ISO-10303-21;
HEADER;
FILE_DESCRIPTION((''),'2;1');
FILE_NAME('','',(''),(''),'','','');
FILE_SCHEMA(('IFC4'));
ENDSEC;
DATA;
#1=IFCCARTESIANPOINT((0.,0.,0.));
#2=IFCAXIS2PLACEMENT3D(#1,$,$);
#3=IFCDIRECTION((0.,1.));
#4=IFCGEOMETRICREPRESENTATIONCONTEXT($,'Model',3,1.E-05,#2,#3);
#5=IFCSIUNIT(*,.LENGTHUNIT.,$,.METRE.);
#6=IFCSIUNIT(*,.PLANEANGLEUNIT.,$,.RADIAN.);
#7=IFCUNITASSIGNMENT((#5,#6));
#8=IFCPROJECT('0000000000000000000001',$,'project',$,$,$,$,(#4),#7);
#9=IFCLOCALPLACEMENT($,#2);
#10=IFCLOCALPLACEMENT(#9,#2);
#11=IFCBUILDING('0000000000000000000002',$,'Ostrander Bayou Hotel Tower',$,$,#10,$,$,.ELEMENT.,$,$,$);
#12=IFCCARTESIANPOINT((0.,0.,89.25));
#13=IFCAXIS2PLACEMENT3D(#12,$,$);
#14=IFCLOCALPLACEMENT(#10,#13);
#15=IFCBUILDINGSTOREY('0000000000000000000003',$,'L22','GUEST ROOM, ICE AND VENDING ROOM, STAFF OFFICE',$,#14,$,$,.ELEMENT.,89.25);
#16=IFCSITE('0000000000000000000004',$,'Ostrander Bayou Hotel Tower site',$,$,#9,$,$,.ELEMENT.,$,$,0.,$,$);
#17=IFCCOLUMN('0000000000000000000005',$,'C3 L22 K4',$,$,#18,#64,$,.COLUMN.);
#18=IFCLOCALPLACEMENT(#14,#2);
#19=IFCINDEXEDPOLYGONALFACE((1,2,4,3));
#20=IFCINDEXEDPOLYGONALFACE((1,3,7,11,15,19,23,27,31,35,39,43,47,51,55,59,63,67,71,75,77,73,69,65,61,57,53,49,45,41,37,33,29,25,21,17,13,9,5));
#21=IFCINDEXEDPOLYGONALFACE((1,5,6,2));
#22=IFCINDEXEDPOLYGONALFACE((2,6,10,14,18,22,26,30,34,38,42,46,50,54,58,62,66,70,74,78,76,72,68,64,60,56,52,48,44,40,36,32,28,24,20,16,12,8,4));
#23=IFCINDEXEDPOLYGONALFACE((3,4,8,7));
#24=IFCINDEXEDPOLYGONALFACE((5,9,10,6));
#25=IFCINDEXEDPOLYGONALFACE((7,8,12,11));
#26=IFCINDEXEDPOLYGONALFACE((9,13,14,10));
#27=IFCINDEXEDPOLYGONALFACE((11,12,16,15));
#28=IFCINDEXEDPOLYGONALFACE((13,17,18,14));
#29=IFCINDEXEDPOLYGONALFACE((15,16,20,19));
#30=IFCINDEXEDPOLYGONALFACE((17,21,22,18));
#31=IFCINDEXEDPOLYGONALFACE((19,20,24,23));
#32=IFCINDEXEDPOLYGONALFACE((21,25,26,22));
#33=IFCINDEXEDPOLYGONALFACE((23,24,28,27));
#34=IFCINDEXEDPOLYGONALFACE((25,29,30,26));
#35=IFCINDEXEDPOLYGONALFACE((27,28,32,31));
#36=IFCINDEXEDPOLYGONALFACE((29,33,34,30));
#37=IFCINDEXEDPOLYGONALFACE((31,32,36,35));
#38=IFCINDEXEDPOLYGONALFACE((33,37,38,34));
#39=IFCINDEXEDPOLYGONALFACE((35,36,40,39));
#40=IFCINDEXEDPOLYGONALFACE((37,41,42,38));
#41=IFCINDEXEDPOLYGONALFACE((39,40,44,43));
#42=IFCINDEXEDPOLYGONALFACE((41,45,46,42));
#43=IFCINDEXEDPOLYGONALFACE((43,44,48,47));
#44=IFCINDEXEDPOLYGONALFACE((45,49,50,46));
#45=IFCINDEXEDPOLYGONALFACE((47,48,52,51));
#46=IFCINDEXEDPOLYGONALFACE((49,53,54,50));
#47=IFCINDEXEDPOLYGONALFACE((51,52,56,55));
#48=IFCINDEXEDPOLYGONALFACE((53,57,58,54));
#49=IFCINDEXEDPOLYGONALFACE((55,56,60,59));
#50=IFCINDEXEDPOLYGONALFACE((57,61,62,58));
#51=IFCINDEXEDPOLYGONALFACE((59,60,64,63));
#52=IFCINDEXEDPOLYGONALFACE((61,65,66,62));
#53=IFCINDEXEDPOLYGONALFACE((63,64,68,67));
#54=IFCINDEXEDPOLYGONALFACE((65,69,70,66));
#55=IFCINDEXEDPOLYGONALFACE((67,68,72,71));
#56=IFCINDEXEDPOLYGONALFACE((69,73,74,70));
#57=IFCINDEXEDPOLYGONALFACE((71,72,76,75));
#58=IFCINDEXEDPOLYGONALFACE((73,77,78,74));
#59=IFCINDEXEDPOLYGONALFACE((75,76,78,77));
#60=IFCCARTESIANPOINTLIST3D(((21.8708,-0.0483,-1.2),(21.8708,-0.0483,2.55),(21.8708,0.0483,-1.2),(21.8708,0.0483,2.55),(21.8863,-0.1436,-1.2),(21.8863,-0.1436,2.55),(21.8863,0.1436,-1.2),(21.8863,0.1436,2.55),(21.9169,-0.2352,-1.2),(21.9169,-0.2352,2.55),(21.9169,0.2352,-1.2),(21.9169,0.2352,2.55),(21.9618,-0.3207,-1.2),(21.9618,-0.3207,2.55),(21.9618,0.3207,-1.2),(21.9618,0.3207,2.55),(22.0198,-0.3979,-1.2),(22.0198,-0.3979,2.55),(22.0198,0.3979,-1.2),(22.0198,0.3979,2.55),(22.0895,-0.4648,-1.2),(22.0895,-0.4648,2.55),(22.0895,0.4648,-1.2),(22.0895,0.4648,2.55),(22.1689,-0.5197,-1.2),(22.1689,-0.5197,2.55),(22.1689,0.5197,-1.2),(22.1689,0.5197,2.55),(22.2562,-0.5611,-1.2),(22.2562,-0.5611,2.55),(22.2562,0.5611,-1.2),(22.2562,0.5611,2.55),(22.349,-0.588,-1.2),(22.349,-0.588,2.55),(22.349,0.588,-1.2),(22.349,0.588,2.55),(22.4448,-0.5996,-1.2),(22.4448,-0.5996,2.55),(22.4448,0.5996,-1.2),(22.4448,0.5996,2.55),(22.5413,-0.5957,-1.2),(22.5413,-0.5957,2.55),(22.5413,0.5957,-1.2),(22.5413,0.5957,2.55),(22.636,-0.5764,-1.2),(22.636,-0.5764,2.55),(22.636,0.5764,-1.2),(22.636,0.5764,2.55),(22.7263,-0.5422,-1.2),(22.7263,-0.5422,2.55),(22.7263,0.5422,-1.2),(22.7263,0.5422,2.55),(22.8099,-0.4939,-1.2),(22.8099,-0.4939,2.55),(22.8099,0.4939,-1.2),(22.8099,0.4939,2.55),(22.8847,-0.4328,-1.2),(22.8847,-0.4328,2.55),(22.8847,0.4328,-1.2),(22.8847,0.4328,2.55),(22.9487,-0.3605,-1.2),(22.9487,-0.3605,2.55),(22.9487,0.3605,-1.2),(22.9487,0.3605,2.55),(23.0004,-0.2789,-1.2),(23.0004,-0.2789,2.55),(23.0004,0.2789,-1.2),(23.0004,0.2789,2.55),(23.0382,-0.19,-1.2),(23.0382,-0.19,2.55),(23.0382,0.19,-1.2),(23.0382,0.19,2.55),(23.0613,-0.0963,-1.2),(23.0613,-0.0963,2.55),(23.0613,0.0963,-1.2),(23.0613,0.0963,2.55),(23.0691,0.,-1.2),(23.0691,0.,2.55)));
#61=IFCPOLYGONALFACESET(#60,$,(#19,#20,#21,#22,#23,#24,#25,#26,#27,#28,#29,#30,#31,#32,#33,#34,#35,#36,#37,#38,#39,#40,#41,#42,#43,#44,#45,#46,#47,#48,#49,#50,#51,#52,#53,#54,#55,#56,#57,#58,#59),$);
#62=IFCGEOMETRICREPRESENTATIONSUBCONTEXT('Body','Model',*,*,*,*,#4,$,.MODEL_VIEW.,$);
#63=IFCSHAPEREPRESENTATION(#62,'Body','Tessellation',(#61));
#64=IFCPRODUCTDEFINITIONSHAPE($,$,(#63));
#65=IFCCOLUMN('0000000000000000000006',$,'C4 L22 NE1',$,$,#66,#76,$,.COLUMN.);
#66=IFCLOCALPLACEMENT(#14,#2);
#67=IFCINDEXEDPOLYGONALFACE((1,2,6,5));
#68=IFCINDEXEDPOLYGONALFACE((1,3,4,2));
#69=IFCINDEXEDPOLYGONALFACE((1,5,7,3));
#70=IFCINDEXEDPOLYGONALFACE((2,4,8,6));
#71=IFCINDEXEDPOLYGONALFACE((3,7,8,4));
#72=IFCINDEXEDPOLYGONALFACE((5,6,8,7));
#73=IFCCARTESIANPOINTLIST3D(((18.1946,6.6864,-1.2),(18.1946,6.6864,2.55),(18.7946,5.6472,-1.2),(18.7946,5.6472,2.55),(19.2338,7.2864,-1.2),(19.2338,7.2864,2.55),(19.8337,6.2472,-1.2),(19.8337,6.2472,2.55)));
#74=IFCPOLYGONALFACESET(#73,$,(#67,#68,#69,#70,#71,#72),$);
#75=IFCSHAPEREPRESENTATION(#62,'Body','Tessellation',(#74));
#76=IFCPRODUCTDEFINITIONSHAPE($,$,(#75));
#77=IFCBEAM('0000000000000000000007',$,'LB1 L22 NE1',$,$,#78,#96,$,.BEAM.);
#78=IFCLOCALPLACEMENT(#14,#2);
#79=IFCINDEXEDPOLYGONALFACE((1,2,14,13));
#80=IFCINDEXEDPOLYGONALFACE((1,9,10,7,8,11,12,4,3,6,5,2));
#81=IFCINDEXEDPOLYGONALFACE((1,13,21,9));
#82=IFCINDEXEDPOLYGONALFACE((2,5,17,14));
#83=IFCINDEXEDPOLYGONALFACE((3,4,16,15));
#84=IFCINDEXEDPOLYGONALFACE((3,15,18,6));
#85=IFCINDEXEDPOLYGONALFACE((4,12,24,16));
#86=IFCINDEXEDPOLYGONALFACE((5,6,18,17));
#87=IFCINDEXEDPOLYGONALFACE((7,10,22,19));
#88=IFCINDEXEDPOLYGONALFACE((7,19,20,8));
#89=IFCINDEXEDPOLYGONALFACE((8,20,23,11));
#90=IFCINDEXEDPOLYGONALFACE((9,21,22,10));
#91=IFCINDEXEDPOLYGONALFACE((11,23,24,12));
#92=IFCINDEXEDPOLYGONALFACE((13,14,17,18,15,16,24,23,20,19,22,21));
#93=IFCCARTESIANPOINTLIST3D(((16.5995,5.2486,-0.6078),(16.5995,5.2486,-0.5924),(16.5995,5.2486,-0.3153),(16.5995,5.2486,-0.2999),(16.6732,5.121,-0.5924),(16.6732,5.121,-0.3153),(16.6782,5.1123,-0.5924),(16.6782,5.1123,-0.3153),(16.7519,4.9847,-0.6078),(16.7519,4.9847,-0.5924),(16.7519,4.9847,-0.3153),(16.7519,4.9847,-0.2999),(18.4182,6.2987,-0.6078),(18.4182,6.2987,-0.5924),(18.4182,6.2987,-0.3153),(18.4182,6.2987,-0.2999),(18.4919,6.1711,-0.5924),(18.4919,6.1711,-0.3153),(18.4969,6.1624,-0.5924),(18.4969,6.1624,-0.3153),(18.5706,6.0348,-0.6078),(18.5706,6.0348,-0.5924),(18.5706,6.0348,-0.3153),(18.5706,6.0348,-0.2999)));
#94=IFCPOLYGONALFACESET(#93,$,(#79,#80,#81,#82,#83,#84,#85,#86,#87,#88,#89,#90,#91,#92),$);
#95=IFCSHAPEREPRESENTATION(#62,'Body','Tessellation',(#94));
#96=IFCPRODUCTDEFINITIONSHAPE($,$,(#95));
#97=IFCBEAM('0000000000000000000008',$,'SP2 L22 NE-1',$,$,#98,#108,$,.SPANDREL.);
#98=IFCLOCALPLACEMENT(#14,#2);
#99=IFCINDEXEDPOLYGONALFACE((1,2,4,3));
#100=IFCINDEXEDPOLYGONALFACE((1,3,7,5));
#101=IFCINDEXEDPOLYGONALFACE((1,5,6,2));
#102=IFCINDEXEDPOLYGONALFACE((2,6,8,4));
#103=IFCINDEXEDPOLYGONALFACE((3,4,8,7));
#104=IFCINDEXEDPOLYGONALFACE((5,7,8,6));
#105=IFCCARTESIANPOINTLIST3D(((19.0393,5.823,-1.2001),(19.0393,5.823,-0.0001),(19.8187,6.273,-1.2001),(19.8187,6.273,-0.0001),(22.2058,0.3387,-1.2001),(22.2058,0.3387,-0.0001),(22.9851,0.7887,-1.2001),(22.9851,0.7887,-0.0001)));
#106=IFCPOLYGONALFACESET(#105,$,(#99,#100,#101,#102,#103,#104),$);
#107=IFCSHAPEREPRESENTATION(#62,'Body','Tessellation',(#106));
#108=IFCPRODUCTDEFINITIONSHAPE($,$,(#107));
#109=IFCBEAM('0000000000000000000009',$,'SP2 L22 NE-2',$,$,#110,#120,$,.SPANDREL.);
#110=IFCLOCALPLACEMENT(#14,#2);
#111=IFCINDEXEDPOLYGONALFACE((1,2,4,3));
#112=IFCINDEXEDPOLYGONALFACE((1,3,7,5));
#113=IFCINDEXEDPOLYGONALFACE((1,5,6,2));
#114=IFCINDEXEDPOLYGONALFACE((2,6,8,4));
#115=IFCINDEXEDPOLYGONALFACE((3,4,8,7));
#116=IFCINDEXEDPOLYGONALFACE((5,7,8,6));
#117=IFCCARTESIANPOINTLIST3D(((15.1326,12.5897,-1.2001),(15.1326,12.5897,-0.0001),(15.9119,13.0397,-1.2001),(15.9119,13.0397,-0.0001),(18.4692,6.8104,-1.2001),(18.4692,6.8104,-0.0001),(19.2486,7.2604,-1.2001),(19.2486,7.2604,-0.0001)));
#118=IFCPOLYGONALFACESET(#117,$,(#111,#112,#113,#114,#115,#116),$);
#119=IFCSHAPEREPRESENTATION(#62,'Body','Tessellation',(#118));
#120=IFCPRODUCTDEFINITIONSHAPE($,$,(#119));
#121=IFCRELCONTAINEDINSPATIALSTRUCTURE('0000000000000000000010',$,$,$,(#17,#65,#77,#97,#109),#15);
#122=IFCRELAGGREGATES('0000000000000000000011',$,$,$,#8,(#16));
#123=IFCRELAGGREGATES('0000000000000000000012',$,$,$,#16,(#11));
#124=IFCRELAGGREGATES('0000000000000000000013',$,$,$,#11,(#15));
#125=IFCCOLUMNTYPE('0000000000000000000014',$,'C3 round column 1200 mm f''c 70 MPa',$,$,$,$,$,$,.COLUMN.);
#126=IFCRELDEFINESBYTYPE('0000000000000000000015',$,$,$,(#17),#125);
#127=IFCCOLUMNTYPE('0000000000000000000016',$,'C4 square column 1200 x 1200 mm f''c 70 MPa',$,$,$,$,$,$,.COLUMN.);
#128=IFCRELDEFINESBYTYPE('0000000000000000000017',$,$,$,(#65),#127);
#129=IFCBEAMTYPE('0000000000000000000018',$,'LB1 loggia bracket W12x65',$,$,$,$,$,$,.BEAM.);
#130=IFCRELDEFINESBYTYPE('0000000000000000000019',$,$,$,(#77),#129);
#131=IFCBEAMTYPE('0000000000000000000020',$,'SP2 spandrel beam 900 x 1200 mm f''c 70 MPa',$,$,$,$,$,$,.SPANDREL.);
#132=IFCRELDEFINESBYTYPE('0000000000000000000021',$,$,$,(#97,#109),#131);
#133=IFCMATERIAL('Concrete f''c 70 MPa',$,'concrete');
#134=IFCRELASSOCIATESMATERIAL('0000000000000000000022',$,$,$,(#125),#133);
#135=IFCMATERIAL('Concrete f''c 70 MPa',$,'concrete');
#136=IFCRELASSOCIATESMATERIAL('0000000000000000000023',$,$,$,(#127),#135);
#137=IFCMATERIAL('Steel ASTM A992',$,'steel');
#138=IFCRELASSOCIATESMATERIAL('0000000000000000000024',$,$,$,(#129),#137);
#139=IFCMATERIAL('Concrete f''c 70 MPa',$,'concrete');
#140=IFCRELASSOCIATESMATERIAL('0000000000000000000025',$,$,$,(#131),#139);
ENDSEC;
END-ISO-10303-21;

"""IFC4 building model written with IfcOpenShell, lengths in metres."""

from ifc_helpers import new_model, si_unit, direction, frame, origin, origin_2d, place, context, subcontext, project, spatial, rectangle, circle, i_section, extrude, material, material_profile, profile_set, type_object, element, save


model = new_model("IFC4")

# Units and contexts
model_context = context("Model", 3, precision=1e-05, world=origin(), true_north=direction((0.0, 1.0)))
body_context = subcontext(model_context, "Body", "Model", "MODEL_VIEW")
ifc_project = project(units=[si_unit("LENGTHUNIT", "METRE"), si_unit("PLANEANGLEUNIT", "RADIAN")], contexts=[model_context])

# Site, building, storey
site_placement = place(None, origin())
site = spatial("IfcSite", under=ifc_project, at=site_placement, Name="Ostrander Bayou Hotel Tower site", CompositionType="ELEMENT", RefElevation=0.0)
building_placement = place(site_placement, origin())
building = spatial("IfcBuilding", under=site, at=building_placement, Name="Ostrander Bayou Hotel Tower", CompositionType="ELEMENT")
storey_placement = place(building_placement, frame((0.0, 0.0, 89.25)))
storey = spatial("IfcBuildingStorey", under=building, at=storey_placement, Name="L22", Description="GUEST ROOM, ICE AND VENDING ROOM, STAFF OFFICE", CompositionType="ELEMENT", Elevation=89.25)

# Columns
ifc_material_1 = material(Name="Concrete f'c 70 MPa", Category="concrete")
ifc_material_profile_1 = material_profile(ifc_material_1, circle(Radius=0.6001, at=origin_2d()))
ifc_profile_set_1 = profile_set([ifc_material_profile_1], Name="Concrete f'c 70 MPa")
column_type_1 = type_object("IfcColumnType", Name="C3 round column 1200 mm f'c 70 MPa", PredefinedType="COLUMN", material=ifc_profile_set_1)
column_1_placement = place(storey_placement, frame((22.469, 0.0, -1.2), z_axis=(0.0, 0.0, 1.0), x_axis=(1.0, 0.0, 0.0)))
element("IfcColumn", 1, at=column_1_placement, inside=storey, type_object=column_type_1, Name="C3 L22 K4", PredefinedType="COLUMN", context=body_context, shape_type="SweptSolid", body=[
    extrude(circle(Radius=0.6001, at=origin_2d()), origin(), (0.0, 0.0, 1.0), 3.75),
])
ifc_material_2 = material(Name="Concrete f'c 70 MPa", Category="concrete")
ifc_material_profile_2 = material_profile(ifc_material_2, rectangle(XDim=1.2, YDim=1.2, at=origin_2d()))
ifc_profile_set_2 = profile_set([ifc_material_profile_2], Name="Concrete f'c 70 MPa")
column_type_2 = type_object("IfcColumnType", Name="C4 square column 1200 x 1200 mm f'c 70 MPa", PredefinedType="COLUMN", material=ifc_profile_set_2)
column_2_placement = place(storey_placement, frame((19.0142, 6.4668, -1.2), z_axis=(0.0, 0.0, 1.0), x_axis=(0.5, -0.866025, 0.0)))
element("IfcColumn", 2, at=column_2_placement, inside=storey, type_object=column_type_2, Name="C4 L22 NE1", PredefinedType="COLUMN", context=body_context, shape_type="SweptSolid", body=[
    extrude(rectangle(XDim=1.2, YDim=1.2, at=origin_2d()), origin(), (0.0, 0.0, 1.0), 3.75),
])

# Beams
ifc_material_3 = material(Name="Steel ASTM A992", Category="steel")
ifc_material_profile_3 = material_profile(ifc_material_3, i_section(OverallWidth=0.3047, OverallDepth=0.3079, WebThickness=0.01, FlangeThickness=0.0154, at=origin_2d()))
ifc_profile_set_3 = profile_set([ifc_material_profile_3], Name="Steel ASTM A992")
beam_type_1 = type_object("IfcBeamType", Name="LB1 loggia bracket W12x65", PredefinedType="BEAM", material=ifc_profile_set_3)
beam_1_placement = place(storey_placement, frame((18.4944, 6.1667, -0.4539), z_axis=(-0.866009, -0.500028, 0.0), x_axis=(0.500028, -0.866009, 0.0)))
element("IfcBeam", 3, at=beam_1_placement, inside=storey, type_object=beam_type_1, Name="LB1 L22 NE1", PredefinedType="BEAM", context=body_context, shape_type="SweptSolid", body=[
    extrude(i_section(OverallWidth=0.3047, OverallDepth=0.3079, WebThickness=0.01, FlangeThickness=0.0154, at=origin_2d()), origin(), (0.0, 0.0, 1.0), 2.1001),
])
ifc_material_4 = material(Name="Concrete f'c 70 MPa", Category="concrete")
ifc_material_profile_4 = material_profile(ifc_material_4, rectangle(XDim=0.8999, YDim=1.2, at=origin_2d()))
ifc_profile_set_4 = profile_set([ifc_material_profile_4], Name="Concrete f'c 70 MPa")
beam_type_2 = type_object("IfcBeamType", Name="SP2 spandrel beam 900 x 1200 mm f'c 70 MPa", PredefinedType="SPANDREL", material=ifc_profile_set_4)
beam_2_placement = place(storey_placement, frame((22.5955, 0.5637, -0.6001), z_axis=(-0.500012, 0.866019, 0.0), x_axis=(-0.866019, -0.500012, 0.0)))
element("IfcBeam", 4, at=beam_2_placement, inside=storey, type_object=beam_type_2, Name="SP2 L22 NE-1", PredefinedType="SPANDREL", context=body_context, shape_type="SweptSolid", body=[
    extrude(rectangle(XDim=0.8999, YDim=1.2, at=origin_2d()), origin(), (0.0, 0.0, 1.0), 6.3328),
])
beam_3_placement = place(storey_placement, frame((18.8589, 7.0354, -0.6001), z_axis=(-0.499999, 0.866026, 0.0), x_axis=(-0.866026, -0.499999, 0.0)))
element("IfcBeam", 5, at=beam_3_placement, inside=storey, type_object=beam_type_2, Name="SP2 L22 NE-2", PredefinedType="SPANDREL", context=body_context, shape_type="SweptSolid", body=[
    extrude(rectangle(XDim=0.8999, YDim=1.2, at=origin_2d()), origin(), (0.0, 0.0, 1.0), 6.6733),
])

save(model, "model.ifc")
